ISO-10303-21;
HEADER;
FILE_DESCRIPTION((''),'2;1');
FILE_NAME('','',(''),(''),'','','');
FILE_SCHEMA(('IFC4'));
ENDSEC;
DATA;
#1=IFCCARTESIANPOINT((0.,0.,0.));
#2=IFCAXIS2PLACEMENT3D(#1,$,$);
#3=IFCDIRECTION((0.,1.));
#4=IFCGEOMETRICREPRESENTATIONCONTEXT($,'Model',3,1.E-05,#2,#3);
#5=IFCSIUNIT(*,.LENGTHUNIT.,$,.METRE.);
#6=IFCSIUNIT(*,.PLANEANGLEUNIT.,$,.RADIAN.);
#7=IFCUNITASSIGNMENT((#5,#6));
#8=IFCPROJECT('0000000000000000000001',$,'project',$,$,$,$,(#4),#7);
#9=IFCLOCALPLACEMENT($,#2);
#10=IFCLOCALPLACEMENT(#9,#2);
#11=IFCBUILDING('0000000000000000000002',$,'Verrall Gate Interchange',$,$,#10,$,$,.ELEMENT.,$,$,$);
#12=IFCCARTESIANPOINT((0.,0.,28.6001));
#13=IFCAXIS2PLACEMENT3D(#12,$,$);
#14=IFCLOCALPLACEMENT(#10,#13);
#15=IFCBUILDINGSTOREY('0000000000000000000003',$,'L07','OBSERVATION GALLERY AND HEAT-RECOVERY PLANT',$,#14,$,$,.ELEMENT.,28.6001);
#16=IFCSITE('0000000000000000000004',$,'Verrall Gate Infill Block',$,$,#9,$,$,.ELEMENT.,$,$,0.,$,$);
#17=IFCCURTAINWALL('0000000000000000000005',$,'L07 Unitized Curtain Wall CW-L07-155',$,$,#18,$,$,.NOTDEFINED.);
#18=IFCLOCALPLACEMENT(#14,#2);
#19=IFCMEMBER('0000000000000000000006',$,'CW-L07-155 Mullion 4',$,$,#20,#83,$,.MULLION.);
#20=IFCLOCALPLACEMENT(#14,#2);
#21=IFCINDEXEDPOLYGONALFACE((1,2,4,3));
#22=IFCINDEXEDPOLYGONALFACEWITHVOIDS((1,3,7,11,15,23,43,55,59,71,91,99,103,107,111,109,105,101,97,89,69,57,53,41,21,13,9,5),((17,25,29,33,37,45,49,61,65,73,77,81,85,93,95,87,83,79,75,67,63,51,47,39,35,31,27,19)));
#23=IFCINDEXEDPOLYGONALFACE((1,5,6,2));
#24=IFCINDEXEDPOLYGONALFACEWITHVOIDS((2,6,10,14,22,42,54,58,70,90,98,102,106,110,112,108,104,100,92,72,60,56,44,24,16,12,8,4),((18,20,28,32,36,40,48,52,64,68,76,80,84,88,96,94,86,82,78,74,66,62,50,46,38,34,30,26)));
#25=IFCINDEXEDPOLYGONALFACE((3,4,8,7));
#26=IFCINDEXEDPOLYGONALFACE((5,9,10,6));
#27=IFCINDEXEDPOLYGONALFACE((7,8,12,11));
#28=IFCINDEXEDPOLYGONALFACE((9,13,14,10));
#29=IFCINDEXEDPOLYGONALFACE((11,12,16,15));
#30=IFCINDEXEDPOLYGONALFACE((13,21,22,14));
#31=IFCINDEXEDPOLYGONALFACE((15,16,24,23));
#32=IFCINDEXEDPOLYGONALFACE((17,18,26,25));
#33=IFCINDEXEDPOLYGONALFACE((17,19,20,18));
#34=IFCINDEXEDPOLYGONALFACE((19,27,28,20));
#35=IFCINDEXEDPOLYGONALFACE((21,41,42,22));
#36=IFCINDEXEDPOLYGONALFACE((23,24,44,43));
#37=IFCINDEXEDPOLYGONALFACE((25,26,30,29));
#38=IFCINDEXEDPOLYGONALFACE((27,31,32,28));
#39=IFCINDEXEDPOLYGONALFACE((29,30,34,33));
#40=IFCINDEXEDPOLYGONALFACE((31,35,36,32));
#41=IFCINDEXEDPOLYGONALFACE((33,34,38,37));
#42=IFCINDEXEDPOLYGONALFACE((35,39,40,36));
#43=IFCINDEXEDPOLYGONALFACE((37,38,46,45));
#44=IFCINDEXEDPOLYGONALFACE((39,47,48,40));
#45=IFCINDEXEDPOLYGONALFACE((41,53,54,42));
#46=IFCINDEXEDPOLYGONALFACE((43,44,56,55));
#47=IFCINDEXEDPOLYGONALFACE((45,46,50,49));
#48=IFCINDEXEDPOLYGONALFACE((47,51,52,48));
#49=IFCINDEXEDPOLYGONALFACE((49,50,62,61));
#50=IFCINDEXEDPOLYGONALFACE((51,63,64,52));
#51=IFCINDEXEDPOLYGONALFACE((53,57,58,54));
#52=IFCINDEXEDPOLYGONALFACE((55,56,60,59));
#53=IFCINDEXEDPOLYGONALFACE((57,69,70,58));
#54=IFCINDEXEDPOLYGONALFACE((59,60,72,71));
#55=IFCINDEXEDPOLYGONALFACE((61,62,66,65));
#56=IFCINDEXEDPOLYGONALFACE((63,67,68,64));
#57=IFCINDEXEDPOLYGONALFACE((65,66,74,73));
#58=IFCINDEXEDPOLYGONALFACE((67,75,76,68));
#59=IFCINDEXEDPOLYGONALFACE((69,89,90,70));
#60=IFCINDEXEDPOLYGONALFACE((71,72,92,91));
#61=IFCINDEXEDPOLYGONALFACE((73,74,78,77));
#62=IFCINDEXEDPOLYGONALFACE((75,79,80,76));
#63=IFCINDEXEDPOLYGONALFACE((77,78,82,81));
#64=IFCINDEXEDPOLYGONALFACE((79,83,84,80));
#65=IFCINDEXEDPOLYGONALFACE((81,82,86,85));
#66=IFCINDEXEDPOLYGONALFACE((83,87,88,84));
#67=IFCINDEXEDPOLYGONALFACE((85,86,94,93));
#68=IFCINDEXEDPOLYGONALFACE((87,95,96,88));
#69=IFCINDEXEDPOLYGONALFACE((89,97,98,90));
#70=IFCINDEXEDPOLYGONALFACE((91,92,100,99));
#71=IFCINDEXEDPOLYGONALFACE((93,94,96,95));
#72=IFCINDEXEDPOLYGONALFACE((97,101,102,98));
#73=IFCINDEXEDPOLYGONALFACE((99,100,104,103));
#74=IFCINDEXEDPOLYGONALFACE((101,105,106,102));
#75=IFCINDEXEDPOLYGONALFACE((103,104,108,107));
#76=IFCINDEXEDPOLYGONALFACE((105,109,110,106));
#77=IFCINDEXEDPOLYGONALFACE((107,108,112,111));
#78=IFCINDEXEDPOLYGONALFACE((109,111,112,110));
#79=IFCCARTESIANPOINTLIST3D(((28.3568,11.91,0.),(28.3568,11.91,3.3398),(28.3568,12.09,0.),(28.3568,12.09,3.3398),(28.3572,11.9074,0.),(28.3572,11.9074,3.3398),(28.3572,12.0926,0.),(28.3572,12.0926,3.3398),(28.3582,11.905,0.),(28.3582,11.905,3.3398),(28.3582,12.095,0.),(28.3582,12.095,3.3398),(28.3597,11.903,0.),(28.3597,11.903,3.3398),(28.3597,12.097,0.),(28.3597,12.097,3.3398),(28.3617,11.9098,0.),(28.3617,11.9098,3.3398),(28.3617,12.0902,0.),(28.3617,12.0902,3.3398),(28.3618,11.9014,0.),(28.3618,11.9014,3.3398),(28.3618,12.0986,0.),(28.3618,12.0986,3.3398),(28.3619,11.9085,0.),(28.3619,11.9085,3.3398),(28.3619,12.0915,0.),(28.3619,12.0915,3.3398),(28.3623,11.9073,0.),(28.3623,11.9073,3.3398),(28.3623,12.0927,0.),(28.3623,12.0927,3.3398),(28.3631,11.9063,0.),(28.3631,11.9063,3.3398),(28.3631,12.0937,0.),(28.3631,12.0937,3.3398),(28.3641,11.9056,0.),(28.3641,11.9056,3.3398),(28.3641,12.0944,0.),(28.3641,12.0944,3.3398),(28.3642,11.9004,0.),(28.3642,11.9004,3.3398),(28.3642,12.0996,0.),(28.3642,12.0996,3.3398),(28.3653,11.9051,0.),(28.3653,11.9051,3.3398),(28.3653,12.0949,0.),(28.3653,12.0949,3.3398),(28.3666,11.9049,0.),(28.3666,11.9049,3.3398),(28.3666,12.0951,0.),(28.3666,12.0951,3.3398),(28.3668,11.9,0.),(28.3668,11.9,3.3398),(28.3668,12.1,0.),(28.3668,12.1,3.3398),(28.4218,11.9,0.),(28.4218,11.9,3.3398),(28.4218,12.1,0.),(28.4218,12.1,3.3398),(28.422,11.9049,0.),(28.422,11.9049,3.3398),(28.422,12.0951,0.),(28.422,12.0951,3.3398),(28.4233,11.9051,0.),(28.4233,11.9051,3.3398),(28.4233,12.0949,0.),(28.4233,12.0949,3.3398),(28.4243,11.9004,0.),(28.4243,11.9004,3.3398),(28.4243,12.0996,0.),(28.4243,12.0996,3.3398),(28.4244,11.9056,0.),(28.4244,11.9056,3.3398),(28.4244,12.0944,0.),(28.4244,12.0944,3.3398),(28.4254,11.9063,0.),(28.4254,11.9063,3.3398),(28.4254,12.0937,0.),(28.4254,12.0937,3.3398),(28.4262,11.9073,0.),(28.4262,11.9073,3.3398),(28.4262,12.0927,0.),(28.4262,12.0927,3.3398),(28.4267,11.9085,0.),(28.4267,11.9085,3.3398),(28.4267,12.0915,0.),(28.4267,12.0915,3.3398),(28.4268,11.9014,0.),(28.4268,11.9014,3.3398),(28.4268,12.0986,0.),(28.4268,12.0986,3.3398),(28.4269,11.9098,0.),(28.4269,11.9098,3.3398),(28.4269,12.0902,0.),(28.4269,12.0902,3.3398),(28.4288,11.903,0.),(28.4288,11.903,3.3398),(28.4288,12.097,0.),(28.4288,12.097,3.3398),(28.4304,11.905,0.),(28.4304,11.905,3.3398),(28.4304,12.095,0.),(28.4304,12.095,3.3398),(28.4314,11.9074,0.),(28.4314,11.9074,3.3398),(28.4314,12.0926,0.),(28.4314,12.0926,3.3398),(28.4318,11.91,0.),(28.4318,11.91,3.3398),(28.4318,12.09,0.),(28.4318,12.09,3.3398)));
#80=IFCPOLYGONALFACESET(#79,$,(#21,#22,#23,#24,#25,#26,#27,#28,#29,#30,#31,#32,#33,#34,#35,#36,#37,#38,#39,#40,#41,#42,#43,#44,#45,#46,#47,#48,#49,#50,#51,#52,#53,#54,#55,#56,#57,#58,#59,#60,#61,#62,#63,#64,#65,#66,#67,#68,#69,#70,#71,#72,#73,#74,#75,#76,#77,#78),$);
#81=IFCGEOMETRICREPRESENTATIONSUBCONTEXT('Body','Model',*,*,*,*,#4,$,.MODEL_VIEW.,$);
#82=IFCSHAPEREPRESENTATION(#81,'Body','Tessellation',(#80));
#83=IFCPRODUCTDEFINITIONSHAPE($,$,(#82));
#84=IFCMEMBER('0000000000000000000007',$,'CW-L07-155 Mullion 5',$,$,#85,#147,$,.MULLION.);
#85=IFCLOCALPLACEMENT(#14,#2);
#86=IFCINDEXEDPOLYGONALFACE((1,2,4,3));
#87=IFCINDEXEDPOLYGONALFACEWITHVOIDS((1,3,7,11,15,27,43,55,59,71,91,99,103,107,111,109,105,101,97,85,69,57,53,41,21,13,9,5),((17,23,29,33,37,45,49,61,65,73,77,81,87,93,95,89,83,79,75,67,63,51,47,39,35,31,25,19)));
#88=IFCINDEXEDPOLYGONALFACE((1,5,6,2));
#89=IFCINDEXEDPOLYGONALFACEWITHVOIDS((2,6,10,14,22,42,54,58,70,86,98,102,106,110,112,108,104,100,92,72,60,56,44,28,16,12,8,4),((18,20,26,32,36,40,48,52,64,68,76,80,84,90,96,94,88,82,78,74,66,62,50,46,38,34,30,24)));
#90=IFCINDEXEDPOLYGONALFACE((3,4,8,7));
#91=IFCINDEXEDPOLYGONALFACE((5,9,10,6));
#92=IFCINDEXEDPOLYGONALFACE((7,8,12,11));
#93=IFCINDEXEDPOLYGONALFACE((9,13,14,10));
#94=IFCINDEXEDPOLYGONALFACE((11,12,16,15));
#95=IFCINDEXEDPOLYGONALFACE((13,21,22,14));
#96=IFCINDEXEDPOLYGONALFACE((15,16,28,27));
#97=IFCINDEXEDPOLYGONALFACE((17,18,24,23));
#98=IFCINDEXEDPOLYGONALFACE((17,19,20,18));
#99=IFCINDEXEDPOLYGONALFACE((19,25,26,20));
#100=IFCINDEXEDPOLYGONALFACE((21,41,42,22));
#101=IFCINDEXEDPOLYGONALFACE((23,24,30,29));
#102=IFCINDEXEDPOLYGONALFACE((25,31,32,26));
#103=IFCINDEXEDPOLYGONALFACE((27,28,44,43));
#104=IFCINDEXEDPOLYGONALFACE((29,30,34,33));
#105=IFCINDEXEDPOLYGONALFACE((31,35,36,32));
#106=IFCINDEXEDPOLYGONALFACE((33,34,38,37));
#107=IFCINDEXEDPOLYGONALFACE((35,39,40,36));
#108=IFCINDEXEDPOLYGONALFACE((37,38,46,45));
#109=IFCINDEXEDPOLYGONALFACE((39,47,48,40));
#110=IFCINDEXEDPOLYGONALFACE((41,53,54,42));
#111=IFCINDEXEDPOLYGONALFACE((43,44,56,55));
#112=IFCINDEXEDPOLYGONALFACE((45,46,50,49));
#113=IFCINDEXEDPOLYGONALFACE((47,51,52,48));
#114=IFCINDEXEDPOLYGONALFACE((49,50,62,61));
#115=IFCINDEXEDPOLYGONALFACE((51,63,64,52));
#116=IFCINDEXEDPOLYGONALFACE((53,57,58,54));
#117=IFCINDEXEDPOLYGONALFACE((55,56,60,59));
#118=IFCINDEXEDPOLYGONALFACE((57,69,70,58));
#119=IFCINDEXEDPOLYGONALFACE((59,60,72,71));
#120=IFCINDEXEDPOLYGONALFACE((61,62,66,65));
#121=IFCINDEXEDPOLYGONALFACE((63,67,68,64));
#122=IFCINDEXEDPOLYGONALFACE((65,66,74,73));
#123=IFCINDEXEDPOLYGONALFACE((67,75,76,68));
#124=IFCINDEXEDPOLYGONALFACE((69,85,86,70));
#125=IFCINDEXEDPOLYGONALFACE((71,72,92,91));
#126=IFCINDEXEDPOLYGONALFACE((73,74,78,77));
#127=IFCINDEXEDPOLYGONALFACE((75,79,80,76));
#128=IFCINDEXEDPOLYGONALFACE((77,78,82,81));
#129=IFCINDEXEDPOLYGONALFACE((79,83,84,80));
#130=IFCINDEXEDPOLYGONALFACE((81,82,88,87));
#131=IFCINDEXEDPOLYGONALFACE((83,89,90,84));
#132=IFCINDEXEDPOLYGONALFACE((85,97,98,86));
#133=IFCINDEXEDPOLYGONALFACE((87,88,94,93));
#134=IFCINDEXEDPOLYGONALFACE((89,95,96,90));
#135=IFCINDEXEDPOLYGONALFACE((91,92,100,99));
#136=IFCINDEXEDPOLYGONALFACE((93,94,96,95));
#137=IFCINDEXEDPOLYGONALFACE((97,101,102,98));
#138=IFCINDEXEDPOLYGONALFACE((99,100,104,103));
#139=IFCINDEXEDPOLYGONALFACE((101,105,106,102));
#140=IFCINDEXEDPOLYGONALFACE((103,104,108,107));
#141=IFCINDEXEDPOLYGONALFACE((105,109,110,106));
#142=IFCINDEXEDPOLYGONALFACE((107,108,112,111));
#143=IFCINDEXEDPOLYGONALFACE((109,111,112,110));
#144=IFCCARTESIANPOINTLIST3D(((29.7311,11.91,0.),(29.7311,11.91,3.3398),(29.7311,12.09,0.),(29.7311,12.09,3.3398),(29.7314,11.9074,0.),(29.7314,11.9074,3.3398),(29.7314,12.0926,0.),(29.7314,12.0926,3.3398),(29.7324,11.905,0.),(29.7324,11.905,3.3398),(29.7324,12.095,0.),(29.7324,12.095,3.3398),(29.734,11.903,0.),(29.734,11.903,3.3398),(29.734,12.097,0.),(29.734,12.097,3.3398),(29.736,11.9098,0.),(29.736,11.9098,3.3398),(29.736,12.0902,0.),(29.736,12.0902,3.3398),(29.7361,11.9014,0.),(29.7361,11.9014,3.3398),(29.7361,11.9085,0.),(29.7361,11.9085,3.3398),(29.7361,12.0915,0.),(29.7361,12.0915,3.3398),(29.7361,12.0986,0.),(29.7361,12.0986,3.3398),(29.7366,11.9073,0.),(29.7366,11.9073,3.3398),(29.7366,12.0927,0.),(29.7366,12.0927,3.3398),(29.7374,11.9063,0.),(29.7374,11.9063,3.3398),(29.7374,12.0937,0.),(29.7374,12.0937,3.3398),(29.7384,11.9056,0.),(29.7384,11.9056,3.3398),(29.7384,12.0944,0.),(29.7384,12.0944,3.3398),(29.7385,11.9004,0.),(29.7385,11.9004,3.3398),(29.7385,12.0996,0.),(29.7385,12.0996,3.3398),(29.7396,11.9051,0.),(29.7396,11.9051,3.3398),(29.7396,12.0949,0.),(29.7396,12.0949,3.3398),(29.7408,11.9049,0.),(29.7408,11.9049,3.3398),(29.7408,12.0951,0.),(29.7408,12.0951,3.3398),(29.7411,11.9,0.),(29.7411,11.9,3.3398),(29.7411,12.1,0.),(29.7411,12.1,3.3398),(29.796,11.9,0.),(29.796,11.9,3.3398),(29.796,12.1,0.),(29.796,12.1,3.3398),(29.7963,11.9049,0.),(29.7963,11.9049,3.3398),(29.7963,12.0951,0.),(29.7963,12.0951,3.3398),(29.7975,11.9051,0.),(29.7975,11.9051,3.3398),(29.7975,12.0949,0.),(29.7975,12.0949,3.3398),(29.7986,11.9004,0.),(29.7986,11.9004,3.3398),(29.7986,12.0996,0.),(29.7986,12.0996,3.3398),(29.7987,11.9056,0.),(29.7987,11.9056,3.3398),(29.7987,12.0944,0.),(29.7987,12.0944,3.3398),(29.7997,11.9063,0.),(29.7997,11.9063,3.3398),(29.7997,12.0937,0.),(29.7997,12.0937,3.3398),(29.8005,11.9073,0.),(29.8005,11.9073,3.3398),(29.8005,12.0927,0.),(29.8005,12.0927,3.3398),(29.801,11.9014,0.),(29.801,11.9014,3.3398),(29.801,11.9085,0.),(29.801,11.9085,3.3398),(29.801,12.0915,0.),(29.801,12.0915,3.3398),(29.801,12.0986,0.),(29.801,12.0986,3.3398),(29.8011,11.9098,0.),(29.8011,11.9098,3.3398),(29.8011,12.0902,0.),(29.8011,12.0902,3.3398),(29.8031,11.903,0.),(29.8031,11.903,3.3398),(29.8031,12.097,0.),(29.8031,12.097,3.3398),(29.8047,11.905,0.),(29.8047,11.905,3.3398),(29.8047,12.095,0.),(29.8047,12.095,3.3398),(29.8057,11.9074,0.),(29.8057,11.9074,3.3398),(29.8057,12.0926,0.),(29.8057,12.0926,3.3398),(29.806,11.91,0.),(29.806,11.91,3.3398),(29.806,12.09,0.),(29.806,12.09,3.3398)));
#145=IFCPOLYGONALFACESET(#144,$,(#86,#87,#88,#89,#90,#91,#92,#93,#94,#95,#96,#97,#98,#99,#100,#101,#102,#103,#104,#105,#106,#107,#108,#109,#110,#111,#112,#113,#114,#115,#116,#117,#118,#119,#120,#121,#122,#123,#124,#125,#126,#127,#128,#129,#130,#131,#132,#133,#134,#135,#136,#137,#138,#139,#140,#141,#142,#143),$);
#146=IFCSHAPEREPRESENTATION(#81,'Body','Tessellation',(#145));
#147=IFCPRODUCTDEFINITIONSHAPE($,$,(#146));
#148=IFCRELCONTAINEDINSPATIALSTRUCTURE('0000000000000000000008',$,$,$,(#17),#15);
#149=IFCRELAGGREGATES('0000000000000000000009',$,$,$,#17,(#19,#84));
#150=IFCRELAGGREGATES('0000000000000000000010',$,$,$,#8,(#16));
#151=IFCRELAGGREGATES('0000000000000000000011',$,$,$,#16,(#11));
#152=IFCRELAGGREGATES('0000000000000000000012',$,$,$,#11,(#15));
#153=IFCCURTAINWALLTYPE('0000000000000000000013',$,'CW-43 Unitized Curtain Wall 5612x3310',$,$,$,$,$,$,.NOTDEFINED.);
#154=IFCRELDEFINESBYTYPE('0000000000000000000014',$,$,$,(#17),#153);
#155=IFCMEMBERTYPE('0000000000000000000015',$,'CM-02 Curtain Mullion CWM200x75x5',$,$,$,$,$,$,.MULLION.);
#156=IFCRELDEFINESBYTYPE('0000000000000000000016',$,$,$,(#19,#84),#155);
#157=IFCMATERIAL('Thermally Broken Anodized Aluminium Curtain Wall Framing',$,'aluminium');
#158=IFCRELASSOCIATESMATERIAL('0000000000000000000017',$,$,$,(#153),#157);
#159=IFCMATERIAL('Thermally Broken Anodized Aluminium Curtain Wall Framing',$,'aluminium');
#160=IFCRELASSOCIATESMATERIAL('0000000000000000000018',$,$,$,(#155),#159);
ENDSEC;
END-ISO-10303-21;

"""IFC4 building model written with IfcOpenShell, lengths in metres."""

from ifc_helpers import new_model, si_unit, direction, frame, origin, origin_2d, place, context, subcontext, project, spatial, hollow_rectangle, extrude, material, material_profile, profile_set, type_object, element, aggregate, save


model = new_model("IFC4")

# Units and contexts
model_context = context("Model", 3, precision=1e-05, world=origin(), true_north=direction((0.0, 1.0)))
body_context = subcontext(model_context, "Body", "Model", "MODEL_VIEW")
ifc_project = project(units=[si_unit("LENGTHUNIT", "METRE"), si_unit("PLANEANGLEUNIT", "RADIAN")], contexts=[model_context])

# Site, building, storey
site_placement = place(None, origin())
site = spatial("IfcSite", under=ifc_project, at=site_placement, Name="Verrall Gate Infill Block", CompositionType="ELEMENT", RefElevation=0.0)
building_placement = place(site_placement, origin())
building = spatial("IfcBuilding", under=site, at=building_placement, Name="Verrall Gate Interchange", CompositionType="ELEMENT")
storey_placement = place(building_placement, frame((0.0, 0.0, 28.6001)))
storey = spatial("IfcBuildingStorey", under=building, at=storey_placement, Name="L07", Description="OBSERVATION GALLERY AND HEAT-RECOVERY PLANT", CompositionType="ELEMENT", Elevation=28.6001)

# Curtain wall, members
ifc_material_1 = material(Name="Thermally Broken Anodized Aluminium Curtain Wall Framing", Category="aluminium")
curtain_wall_type_1 = type_object("IfcCurtainWallType", Name="CW-43 Unitized Curtain Wall 5612x3310", PredefinedType="NOTDEFINED", material=ifc_material_1)
curtain_wall_1_placement = place(storey_placement, origin())
curtain_wall_1 = element("IfcCurtainWall", 1, at=curtain_wall_1_placement, inside=storey, type_object=curtain_wall_type_1, Name="L07 Unitized Curtain Wall CW-L07-155", PredefinedType="NOTDEFINED")
ifc_material_2 = material(Name="Thermally Broken Anodized Aluminium Curtain Wall Framing", Category="aluminium")
ifc_material_profile_1 = material_profile(ifc_material_2, hollow_rectangle(XDim=0.075, YDim=0.2, WallThickness=0.0049, InnerFilletRadius=0.0049, OuterFilletRadius=0.01, at=origin_2d()), Name="CWM200x75x5")
ifc_profile_set_1 = profile_set([ifc_material_profile_1], Name="Thermally Broken Anodized Aluminium Curtain Wall Framing")
member_type_1 = type_object("IfcMemberType", Name="CM-02 Curtain Mullion CWM200x75x5", PredefinedType="MULLION", material=ifc_profile_set_1)
member_1_placement = place(storey_placement, frame((28.3943, 12.0, 0.0), z_axis=(0.0, 0.0, 1.0), x_axis=(1.0, 0.0, 0.0)))
member_1 = element("IfcMember", 2, at=member_1_placement, type_object=member_type_1, Name="CW-L07-155 Mullion 4", PredefinedType="MULLION", context=body_context, shape_type="SweptSolid", body=[
    extrude(hollow_rectangle(XDim=0.075, YDim=0.2, WallThickness=0.0049, InnerFilletRadius=0.0049, OuterFilletRadius=0.01, at=origin_2d()), origin(), (0.0, 0.0, 1.0), 3.3398),
])
member_2_placement = place(storey_placement, frame((29.7686, 12.0, 0.0), z_axis=(0.0, 0.0, 1.0), x_axis=(1.0, 0.0, 0.0)))
member_2 = element("IfcMember", 3, at=member_2_placement, type_object=member_type_1, Name="CW-L07-155 Mullion 5", PredefinedType="MULLION", context=body_context, shape_type="SweptSolid", body=[
    extrude(hollow_rectangle(XDim=0.075, YDim=0.2, WallThickness=0.0049, InnerFilletRadius=0.0049, OuterFilletRadius=0.01, at=origin_2d()), origin(), (0.0, 0.0, 1.0), 3.3398),
])

aggregate(curtain_wall_1, [member_1, member_2])

save(model, "model.ifc")
